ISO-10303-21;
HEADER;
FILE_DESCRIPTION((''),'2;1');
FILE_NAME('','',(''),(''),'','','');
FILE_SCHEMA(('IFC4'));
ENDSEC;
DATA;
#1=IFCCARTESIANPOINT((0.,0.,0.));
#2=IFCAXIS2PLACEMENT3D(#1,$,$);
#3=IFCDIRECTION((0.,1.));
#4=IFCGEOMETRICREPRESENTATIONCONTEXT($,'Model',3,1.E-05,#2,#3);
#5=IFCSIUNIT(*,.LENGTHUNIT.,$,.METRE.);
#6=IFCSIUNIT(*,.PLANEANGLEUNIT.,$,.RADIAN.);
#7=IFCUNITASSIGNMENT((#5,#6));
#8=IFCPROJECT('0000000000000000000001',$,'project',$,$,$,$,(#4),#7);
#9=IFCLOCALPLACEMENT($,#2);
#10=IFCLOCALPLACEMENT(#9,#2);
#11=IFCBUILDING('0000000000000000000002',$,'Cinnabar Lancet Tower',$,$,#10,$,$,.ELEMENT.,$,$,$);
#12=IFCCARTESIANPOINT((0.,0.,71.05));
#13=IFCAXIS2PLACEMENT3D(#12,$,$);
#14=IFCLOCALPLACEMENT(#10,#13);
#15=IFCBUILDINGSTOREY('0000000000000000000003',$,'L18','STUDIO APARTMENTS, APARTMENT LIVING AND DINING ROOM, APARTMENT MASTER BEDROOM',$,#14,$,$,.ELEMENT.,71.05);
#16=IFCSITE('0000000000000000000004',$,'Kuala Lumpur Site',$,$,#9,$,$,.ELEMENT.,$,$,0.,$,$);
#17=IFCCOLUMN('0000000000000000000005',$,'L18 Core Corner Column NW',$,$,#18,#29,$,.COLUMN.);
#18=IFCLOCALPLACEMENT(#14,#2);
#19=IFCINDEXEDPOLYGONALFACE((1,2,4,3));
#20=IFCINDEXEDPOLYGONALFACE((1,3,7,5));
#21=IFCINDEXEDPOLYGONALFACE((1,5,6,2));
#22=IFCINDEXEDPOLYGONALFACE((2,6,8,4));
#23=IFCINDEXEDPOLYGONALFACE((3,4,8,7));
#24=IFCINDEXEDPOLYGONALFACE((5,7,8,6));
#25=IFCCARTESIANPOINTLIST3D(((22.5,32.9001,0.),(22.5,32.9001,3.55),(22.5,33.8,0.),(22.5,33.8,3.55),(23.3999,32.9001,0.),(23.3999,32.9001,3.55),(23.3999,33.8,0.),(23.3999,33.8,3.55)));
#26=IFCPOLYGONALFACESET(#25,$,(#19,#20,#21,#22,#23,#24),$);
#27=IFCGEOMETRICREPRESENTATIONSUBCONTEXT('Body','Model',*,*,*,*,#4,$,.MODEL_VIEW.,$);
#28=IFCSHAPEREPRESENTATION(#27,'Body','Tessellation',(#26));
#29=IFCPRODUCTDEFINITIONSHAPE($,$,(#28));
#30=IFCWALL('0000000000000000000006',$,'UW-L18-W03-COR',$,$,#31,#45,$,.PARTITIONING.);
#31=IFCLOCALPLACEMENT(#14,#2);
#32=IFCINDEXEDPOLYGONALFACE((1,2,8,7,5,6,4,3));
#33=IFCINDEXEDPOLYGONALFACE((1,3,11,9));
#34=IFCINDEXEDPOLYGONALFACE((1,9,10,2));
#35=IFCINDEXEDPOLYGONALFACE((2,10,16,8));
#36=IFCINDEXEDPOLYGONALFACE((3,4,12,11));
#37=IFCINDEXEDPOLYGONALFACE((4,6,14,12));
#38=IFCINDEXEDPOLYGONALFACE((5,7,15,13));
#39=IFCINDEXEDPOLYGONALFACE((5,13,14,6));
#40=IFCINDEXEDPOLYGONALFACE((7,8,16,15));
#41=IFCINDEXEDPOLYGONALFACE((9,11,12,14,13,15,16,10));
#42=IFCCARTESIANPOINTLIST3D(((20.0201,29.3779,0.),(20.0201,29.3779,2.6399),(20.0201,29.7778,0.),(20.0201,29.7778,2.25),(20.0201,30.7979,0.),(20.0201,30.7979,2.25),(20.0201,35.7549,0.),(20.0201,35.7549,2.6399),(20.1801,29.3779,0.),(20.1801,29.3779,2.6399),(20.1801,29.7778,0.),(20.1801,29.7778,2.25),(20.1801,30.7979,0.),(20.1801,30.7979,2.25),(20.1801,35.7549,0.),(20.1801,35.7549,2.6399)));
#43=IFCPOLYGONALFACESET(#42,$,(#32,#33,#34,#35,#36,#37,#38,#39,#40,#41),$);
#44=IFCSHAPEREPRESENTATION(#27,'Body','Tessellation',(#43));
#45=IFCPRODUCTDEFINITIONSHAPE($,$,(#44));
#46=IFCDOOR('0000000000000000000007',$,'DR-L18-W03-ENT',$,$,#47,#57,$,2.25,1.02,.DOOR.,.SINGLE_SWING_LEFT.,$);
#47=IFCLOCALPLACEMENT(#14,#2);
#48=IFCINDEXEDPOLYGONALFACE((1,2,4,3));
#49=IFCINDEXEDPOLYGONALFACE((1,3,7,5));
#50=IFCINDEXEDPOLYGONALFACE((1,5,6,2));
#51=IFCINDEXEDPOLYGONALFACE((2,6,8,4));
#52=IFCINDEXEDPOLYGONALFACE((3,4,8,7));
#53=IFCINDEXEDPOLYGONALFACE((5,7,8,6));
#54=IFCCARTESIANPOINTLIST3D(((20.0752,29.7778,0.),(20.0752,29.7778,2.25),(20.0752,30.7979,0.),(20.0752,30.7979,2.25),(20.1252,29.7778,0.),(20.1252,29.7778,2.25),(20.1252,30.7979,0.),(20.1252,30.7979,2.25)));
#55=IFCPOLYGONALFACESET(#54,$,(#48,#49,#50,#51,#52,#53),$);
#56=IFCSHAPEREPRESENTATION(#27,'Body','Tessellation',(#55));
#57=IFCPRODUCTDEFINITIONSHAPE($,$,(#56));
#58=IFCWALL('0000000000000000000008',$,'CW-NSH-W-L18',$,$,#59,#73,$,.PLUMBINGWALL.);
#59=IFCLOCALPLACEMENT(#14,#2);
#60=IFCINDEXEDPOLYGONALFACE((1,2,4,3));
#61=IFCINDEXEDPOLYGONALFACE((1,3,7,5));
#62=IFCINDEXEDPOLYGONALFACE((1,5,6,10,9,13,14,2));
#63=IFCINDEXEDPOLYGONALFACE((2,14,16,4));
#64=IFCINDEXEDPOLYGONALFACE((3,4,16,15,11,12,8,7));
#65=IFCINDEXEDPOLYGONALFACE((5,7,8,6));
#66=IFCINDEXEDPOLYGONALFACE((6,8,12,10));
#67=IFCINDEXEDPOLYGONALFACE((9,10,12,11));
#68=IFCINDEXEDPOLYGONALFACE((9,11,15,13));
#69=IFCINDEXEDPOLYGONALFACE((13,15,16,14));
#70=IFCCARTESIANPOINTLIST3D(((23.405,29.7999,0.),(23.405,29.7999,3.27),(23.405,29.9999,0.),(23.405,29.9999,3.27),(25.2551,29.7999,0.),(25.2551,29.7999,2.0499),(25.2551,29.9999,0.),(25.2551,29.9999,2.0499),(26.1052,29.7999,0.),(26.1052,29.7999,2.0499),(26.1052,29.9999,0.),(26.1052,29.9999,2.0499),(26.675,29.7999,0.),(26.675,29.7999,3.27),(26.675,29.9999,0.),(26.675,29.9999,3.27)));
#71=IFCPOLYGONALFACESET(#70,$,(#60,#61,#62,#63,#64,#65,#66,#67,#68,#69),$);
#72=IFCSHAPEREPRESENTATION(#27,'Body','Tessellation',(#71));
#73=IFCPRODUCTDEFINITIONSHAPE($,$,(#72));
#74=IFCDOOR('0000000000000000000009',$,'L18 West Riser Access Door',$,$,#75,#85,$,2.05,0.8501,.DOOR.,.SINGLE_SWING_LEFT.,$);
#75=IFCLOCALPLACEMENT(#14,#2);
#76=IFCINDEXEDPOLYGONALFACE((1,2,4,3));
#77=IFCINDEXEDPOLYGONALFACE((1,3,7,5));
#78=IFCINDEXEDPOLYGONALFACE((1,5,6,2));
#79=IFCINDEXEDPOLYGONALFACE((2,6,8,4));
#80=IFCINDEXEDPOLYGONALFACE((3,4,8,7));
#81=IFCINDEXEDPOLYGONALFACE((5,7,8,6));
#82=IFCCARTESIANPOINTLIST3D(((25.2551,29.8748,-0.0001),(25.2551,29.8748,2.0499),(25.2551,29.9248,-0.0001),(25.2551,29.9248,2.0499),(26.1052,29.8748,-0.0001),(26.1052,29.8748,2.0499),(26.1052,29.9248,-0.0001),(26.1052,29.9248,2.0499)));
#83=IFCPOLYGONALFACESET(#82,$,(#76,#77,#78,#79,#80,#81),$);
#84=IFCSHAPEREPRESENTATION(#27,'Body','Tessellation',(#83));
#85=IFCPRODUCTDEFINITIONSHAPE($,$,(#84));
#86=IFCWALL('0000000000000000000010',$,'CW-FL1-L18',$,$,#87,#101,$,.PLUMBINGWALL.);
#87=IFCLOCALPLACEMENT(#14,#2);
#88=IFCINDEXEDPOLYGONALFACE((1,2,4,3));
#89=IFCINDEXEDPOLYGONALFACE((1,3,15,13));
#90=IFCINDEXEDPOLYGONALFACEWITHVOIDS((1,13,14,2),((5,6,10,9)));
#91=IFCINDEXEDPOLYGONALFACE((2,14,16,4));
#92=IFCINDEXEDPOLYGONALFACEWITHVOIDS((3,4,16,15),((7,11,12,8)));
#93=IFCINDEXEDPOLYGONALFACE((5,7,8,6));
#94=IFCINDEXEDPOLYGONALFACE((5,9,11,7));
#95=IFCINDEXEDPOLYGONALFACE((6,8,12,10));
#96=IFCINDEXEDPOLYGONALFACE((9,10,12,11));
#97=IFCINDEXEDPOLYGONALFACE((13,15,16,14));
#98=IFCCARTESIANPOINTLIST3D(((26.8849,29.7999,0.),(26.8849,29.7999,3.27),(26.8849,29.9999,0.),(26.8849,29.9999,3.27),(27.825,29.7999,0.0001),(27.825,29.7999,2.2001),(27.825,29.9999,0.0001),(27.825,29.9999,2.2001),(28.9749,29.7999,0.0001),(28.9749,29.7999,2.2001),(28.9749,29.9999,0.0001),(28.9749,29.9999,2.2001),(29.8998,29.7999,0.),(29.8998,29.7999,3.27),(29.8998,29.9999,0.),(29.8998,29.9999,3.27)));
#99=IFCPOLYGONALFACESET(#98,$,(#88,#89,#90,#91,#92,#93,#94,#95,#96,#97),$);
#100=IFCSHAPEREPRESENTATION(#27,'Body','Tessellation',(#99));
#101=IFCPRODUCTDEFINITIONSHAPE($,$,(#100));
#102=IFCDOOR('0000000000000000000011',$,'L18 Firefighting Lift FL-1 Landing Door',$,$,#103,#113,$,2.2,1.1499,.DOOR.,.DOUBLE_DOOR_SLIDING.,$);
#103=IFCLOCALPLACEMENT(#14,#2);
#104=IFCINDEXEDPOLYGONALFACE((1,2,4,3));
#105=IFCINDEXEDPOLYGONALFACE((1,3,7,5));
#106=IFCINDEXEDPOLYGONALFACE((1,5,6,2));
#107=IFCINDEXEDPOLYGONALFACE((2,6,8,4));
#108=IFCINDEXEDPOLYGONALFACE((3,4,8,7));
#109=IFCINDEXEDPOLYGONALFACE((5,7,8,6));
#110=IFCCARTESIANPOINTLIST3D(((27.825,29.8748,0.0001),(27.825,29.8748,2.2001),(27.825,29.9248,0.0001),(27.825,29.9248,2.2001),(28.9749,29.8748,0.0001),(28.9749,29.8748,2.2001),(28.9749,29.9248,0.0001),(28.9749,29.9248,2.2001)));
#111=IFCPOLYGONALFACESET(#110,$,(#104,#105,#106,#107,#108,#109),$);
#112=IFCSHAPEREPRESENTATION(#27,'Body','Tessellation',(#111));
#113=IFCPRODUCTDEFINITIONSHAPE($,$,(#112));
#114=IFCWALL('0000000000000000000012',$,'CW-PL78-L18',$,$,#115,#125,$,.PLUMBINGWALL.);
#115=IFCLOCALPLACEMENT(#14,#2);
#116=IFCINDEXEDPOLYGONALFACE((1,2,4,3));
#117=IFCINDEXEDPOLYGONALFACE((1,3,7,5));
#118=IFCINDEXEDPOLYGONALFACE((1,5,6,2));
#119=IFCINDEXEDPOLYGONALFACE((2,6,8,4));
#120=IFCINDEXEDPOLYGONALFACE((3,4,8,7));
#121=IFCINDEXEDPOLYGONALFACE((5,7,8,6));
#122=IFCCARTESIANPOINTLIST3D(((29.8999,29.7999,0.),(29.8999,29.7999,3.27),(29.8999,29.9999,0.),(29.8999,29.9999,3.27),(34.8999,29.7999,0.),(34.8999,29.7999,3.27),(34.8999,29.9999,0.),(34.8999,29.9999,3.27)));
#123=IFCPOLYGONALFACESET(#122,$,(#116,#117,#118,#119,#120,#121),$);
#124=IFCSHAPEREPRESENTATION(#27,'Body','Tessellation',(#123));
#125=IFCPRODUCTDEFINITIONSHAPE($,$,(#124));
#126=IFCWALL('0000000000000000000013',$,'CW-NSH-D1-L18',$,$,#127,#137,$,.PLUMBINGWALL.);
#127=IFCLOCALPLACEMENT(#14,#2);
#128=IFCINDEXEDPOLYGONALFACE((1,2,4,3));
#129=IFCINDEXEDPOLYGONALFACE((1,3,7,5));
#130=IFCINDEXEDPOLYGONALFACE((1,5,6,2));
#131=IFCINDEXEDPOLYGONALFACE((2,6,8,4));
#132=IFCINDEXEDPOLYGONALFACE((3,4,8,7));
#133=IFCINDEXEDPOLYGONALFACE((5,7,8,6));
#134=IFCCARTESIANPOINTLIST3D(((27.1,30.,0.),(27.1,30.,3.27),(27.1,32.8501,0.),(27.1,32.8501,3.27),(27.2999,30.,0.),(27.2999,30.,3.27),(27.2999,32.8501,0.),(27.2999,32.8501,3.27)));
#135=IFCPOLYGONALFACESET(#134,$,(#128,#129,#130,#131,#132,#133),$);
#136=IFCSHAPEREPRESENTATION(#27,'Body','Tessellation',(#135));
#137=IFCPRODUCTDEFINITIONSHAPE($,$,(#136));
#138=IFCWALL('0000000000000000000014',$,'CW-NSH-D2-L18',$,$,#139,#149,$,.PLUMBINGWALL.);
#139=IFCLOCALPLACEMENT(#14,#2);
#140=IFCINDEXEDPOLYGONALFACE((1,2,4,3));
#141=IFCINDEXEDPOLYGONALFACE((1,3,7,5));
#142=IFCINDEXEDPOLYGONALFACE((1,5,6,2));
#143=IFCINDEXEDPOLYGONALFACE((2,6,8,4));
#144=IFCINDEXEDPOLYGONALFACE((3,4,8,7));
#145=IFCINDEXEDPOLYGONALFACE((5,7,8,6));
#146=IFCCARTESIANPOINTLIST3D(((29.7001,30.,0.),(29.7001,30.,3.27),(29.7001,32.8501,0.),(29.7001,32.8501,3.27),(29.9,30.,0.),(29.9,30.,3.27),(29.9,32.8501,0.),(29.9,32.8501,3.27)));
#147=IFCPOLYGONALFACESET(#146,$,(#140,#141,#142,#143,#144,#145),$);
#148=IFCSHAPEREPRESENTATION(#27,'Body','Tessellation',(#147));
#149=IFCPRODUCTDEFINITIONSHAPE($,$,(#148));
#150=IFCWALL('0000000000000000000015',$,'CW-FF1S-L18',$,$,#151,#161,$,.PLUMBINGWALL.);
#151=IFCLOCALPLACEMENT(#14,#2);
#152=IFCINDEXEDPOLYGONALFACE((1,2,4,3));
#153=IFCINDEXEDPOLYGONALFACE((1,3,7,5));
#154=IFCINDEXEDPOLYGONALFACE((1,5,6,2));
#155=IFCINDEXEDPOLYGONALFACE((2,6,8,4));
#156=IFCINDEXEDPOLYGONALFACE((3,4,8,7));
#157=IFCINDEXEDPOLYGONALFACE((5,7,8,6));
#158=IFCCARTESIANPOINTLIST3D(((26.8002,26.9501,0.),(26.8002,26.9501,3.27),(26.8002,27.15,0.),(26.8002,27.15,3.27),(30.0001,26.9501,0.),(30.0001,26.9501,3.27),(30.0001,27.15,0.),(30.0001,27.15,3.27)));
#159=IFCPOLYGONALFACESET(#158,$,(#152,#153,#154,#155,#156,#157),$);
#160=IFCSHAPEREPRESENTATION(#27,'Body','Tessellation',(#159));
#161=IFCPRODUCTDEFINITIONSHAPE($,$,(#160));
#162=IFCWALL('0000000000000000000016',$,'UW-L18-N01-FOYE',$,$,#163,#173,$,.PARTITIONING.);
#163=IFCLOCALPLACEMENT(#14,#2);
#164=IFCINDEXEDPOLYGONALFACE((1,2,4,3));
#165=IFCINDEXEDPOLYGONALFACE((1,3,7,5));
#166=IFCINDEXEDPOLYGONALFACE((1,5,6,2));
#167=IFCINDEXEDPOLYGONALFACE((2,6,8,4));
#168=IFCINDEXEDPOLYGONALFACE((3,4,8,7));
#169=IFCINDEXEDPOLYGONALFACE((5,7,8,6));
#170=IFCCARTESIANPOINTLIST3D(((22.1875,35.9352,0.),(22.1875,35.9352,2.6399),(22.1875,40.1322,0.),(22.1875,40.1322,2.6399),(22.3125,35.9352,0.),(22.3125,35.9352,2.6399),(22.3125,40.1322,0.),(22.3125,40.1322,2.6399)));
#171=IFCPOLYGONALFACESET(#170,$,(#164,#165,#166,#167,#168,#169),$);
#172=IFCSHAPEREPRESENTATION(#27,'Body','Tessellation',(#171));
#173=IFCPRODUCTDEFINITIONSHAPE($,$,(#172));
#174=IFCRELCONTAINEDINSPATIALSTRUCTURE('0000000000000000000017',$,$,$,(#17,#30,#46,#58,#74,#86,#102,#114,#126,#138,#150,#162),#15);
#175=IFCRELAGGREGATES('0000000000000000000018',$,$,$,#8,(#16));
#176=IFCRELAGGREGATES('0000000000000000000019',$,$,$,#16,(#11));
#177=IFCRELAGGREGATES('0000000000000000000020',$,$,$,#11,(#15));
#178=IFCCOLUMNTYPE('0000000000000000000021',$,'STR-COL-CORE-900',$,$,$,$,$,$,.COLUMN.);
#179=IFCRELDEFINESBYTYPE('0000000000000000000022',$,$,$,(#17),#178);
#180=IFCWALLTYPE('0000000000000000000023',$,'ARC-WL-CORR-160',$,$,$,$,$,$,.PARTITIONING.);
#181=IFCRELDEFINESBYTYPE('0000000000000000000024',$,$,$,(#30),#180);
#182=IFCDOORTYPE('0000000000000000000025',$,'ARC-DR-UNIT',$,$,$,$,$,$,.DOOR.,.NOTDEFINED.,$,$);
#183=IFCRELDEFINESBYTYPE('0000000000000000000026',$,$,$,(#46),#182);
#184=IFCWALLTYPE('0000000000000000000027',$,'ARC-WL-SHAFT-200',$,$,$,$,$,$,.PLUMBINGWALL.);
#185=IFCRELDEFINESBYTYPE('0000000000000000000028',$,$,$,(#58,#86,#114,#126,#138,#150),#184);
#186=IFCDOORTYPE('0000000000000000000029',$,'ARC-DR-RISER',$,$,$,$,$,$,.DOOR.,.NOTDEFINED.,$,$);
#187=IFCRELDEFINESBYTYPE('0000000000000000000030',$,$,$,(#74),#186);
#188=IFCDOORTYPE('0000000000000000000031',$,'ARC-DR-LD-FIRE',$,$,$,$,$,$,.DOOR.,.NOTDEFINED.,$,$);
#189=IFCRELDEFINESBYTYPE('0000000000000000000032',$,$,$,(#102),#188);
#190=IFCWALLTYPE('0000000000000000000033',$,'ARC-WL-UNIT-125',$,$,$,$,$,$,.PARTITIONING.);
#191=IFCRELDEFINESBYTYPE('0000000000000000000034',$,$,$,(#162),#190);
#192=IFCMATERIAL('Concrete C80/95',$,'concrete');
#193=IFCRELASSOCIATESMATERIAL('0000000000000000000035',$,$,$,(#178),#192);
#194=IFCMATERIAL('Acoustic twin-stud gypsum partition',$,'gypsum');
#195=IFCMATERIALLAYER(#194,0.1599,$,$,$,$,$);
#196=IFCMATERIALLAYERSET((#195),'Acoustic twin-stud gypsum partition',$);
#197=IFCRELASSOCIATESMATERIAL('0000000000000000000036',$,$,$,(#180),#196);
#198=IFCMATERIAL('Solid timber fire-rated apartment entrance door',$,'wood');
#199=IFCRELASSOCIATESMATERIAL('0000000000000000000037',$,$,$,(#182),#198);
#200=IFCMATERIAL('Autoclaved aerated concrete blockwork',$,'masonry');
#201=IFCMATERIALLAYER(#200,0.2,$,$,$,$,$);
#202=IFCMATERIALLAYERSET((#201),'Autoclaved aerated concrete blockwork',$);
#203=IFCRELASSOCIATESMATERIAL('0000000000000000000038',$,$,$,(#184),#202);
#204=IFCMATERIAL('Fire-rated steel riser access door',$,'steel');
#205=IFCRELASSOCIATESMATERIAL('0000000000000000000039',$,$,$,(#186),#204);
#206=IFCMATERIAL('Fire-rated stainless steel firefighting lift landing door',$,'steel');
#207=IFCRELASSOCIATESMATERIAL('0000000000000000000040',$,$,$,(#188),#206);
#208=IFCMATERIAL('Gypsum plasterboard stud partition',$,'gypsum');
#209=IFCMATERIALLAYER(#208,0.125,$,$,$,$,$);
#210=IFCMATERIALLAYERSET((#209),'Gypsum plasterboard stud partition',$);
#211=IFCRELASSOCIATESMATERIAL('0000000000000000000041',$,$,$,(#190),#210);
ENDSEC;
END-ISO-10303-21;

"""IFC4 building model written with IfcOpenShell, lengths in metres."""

from ifc_helpers import new_model, si_unit, direction, frame, frame_2d, origin, origin_2d, place, context, subcontext, project, spatial, rectangle, extrude, material, layer, layer_set, material_profile, profile_set, type_object, element, fill, save


model = new_model("IFC4")

# Units and contexts
model_context = context("Model", 3, precision=1e-05, world=origin(), true_north=direction((0.0, 1.0)))
body_context = subcontext(model_context, "Body", "Model", "MODEL_VIEW")
ifc_project = project(units=[si_unit("LENGTHUNIT", "METRE"), si_unit("PLANEANGLEUNIT", "RADIAN")], contexts=[model_context])

# Site, building, storey
site_placement = place(None, origin())
site = spatial("IfcSite", under=ifc_project, at=site_placement, Name="Kuala Lumpur Site", CompositionType="ELEMENT", RefElevation=0.0)
building_placement = place(site_placement, origin())
building = spatial("IfcBuilding", under=site, at=building_placement, Name="Cinnabar Lancet Tower", CompositionType="ELEMENT")
storey_placement = place(building_placement, frame((0.0, 0.0, 71.05)))
storey = spatial("IfcBuildingStorey", under=building, at=storey_placement, Name="L18", Description="STUDIO APARTMENTS, APARTMENT LIVING AND DINING ROOM, APARTMENT MASTER BEDROOM", CompositionType="ELEMENT", Elevation=71.05)

# Column
ifc_material_1 = material(Name="Concrete C80/95", Category="concrete")
ifc_material_profile = material_profile(ifc_material_1, rectangle(XDim=0.8999, YDim=0.8999, at=origin_2d()), Name="RC-COL 900x900")
ifc_profile_set = profile_set([ifc_material_profile], Name="Concrete C80/95")
column_type = type_object("IfcColumnType", Name="STR-COL-CORE-900", PredefinedType="COLUMN", material=ifc_profile_set)
column_placement = place(storey_placement, frame((22.95, 33.3501, 0.0), z_axis=(0.0, 0.0, 1.0), x_axis=(1.0, 0.0, 0.0)))
element("IfcColumn", 1, at=column_placement, inside=storey, type_object=column_type, Name="L18 Core Corner Column NW", PredefinedType="COLUMN", context=body_context, shape_type="SweptSolid", body=[
    extrude(rectangle(XDim=0.8999, YDim=0.8999, at=origin_2d()), origin(), (0.0, 0.0, 1.0), 3.55),
])

# Walls, openings, doors
ifc_material_2 = material(Name="Acoustic twin-stud gypsum partition", Category="gypsum")
ifc_layer_1 = layer(ifc_material_2, 0.1599)
ifc_layer_set_1 = layer_set([ifc_layer_1], Name="Acoustic twin-stud gypsum partition")
wall_type_1 = type_object("IfcWallType", Name="ARC-WL-CORR-160", PredefinedType="PARTITIONING", material=ifc_layer_set_1)
wall_1_placement = place(storey_placement, frame((20.1001, 29.3779, 0.0), z_axis=(0.0, 0.0, 1.0), x_axis=(0.0, 1.0, 0.0)))
wall_1 = element("IfcWall", 2, at=wall_1_placement, inside=storey, type_object=wall_type_1, Name="UW-L18-W03-COR", PredefinedType="PARTITIONING", context=body_context, shape_type="SweptSolid", body=[
    extrude(rectangle(XDim=6.377, YDim=0.1599, at=frame_2d((3.1885, 0.0))), origin(), (0.0, 0.0, 1.0), 2.6399),
])
opening_1_placement = place(wall_1_placement, frame((0.3999, 0.0, 0.0)))
opening_1 = element("IfcOpeningElement", 3, at=opening_1_placement, cuts=wall_1, PredefinedType="OPENING", context=body_context, shape_type="SweptSolid", body=[
    extrude(rectangle(XDim=1.02, YDim=2.25, at=frame_2d((0.51, 1.125))), frame((0.0, 0.0898, 0.0), z_axis=(0.0, -1.0, 0.0), x_axis=(1.0, 0.0, 0.0)), (0.0, 0.0, 1.0), 0.1799),
])
ifc_material_3 = material(Name="Solid timber fire-rated apartment entrance door", Category="wood")
door_type_1 = type_object("IfcDoorType", Name="ARC-DR-UNIT", OperationType="NOTDEFINED", PredefinedType="DOOR", material=ifc_material_3)
door_1_placement = place(opening_1_placement, origin())
door_1 = element("IfcDoor", 4, at=door_1_placement, inside=storey, type_object=door_type_1, Name="DR-L18-W03-ENT", OperationType="SINGLE_SWING_LEFT", OverallHeight=2.25, OverallWidth=1.02, PredefinedType="DOOR", context=body_context, shape_type="SweptSolid", body=[
    extrude(rectangle(XDim=1.02, YDim=2.25, at=frame_2d((0.51, 1.125))), frame((0.0, 0.0249, 0.0), z_axis=(0.0, -1.0, 0.0), x_axis=(1.0, 0.0, 0.0)), (0.0, 0.0, 1.0), 0.05),
])
fill(opening_1, door_1)
ifc_material_4 = material(Name="Autoclaved aerated concrete blockwork", Category="masonry")
ifc_layer_2 = layer(ifc_material_4, 0.2)
ifc_layer_set_2 = layer_set([ifc_layer_2], Name="Autoclaved aerated concrete blockwork")
wall_type_2 = type_object("IfcWallType", Name="ARC-WL-SHAFT-200", PredefinedType="PLUMBINGWALL", material=ifc_layer_set_2)
wall_2_placement = place(storey_placement, frame((23.405, 29.8999, 0.0), z_axis=(0.0, 0.0, 1.0), x_axis=(1.0, 0.0, 0.0)))
wall_2 = element("IfcWall", 5, at=wall_2_placement, inside=storey, type_object=wall_type_2, Name="CW-NSH-W-L18", PredefinedType="PLUMBINGWALL", context=body_context, shape_type="SweptSolid", body=[
    extrude(rectangle(XDim=3.27, YDim=0.2, at=frame_2d((1.635, 0.0))), origin(), (0.0, 0.0, 1.0), 3.27),
])
opening_2_placement = place(wall_2_placement, frame((1.8501, 0.0, 0.0)))
opening_2 = element("IfcOpeningElement", 6, at=opening_2_placement, cuts=wall_2, PredefinedType="OPENING", context=body_context, shape_type="SweptSolid", body=[
    extrude(rectangle(XDim=0.8501, YDim=2.05, at=frame_2d((0.425, 1.0249))), frame((0.0, 0.1099, 0.0), z_axis=(0.0, -1.0, 0.0), x_axis=(1.0, 0.0, 0.0)), (0.0, 0.0, 1.0), 0.22),
])
ifc_material_5 = material(Name="Fire-rated steel riser access door", Category="steel")
door_type_2 = type_object("IfcDoorType", Name="ARC-DR-RISER", OperationType="NOTDEFINED", PredefinedType="DOOR", material=ifc_material_5)
door_2_placement = place(opening_2_placement, origin())
door_2 = element("IfcDoor", 7, at=door_2_placement, inside=storey, type_object=door_type_2, Name="L18 West Riser Access Door", OperationType="SINGLE_SWING_LEFT", OverallHeight=2.05, OverallWidth=0.8501, PredefinedType="DOOR", context=body_context, shape_type="SweptSolid", body=[
    extrude(rectangle(XDim=0.8501, YDim=2.05, at=frame_2d((0.425, 1.0249))), frame((0.0, 0.0249, 0.0), z_axis=(0.0, -1.0, 0.0), x_axis=(1.0, 0.0, 0.0)), (0.0, 0.0, 1.0), 0.05),
])
fill(opening_2, door_2)
wall_3_placement = place(storey_placement, frame((26.885, 29.8999, 0.0), z_axis=(0.0, 0.0, 1.0), x_axis=(1.0, 0.0, 0.0)))
wall_3 = element("IfcWall", 8, at=wall_3_placement, inside=storey, type_object=wall_type_2, Name="CW-FL1-L18", PredefinedType="PLUMBINGWALL", context=body_context, shape_type="SweptSolid", body=[
    extrude(rectangle(XDim=3.0149, YDim=0.2, at=frame_2d((1.5073, 0.0))), origin(), (0.0, 0.0, 1.0), 3.27),
])
opening_3_placement = place(wall_3_placement, frame((0.9399, 0.0, 0.0)))
opening_3 = element("IfcOpeningElement", 9, at=opening_3_placement, cuts=wall_3, PredefinedType="OPENING", context=body_context, shape_type="SweptSolid", body=[
    extrude(rectangle(XDim=1.1499, YDim=2.2, at=frame_2d((0.575, 1.1001))), frame((0.0, 0.1099, 0.0), z_axis=(0.0, -1.0, 0.0), x_axis=(1.0, 0.0, 0.0)), (0.0, 0.0, 1.0), 0.22),
])
ifc_material_6 = material(Name="Fire-rated stainless steel firefighting lift landing door", Category="steel")
door_type_3 = type_object("IfcDoorType", Name="ARC-DR-LD-FIRE", OperationType="NOTDEFINED", PredefinedType="DOOR", material=ifc_material_6)
door_3_placement = place(opening_3_placement, origin())
door_3 = element("IfcDoor", 10, at=door_3_placement, inside=storey, type_object=door_type_3, Name="L18 Firefighting Lift FL-1 Landing Door", OperationType="DOUBLE_DOOR_SLIDING", OverallHeight=2.2, OverallWidth=1.1499, PredefinedType="DOOR", context=body_context, shape_type="SweptSolid", body=[
    extrude(rectangle(XDim=1.1499, YDim=2.2, at=frame_2d((0.575, 1.1001))), frame((0.0, 0.0249, 0.0), z_axis=(0.0, -1.0, 0.0), x_axis=(1.0, 0.0, 0.0)), (0.0, 0.0, 1.0), 0.05),
])
fill(opening_3, door_3)

# Walls
wall_4_placement = place(storey_placement, frame((29.8999, 29.8999, 0.0), z_axis=(0.0, 0.0, 1.0), x_axis=(1.0, 0.0, 0.0)))
element("IfcWall", 11, at=wall_4_placement, inside=storey, type_object=wall_type_2, Name="CW-PL78-L18", PredefinedType="PLUMBINGWALL", context=body_context, shape_type="SweptSolid", body=[
    extrude(rectangle(XDim=5.0, YDim=0.2, at=frame_2d((2.5, 0.0))), origin(), (0.0, 0.0, 1.0), 3.27),
])
for number, where, z_axis, x_axis, name in (
    (12, (27.2, 30.0, 0.0), (0.0, 0.0, 1.0), (0.0, 1.0, 0.0), "CW-NSH-D1-L18"),
    (13, (29.8, 30.0, 0.0), (0.0, 0.0, 1.0), (0.0, 1.0, 0.0), "CW-NSH-D2-L18"),
):
    element("IfcWall", number, at=place(storey_placement, frame(where, z_axis=z_axis, x_axis=x_axis)), inside=storey, type_object=wall_type_2, Name=name, PredefinedType="PLUMBINGWALL", context=body_context, shape_type="SweptSolid", body=[
        extrude(rectangle(XDim=2.8501, YDim=0.2, at=frame_2d((1.425, 0.0))), origin(), (0.0, 0.0, 1.0), 3.27),
    ])

# Walls
wall_5_placement = place(storey_placement, frame((26.8, 27.05, 0.0), z_axis=(0.0, 0.0, 1.0), x_axis=(1.0, 0.0, 0.0)))
element("IfcWall", 14, at=wall_5_placement, inside=storey, type_object=wall_type_2, Name="CW-FF1S-L18", PredefinedType="PLUMBINGWALL", context=body_context, shape_type="SweptSolid", body=[
    extrude(rectangle(XDim=3.2, YDim=0.2, at=frame_2d((1.6001, 0.0))), origin(), (0.0, 0.0, 1.0), 3.27),
])
ifc_material_7 = material(Name="Gypsum plasterboard stud partition", Category="gypsum")
ifc_layer_3 = layer(ifc_material_7, 0.125)
ifc_layer_set_3 = layer_set([ifc_layer_3], Name="Gypsum plasterboard stud partition")
wall_type_3 = type_object("IfcWallType", Name="ARC-WL-UNIT-125", PredefinedType="PARTITIONING", material=ifc_layer_set_3)
wall_6_placement = place(storey_placement, frame((22.25, 35.9351, 0.0), z_axis=(0.0, 0.0, 1.0), x_axis=(0.0, 1.0, 0.0)))
element("IfcWall", 15, at=wall_6_placement, inside=storey, type_object=wall_type_3, Name="UW-L18-N01-FOYE", PredefinedType="PARTITIONING", context=body_context, shape_type="SweptSolid", body=[
    extrude(rectangle(XDim=4.197, YDim=0.125, at=frame_2d((2.0986, 0.0))), origin(), (0.0, 0.0, 1.0), 2.6399),
])

save(model, "model.ifc")
